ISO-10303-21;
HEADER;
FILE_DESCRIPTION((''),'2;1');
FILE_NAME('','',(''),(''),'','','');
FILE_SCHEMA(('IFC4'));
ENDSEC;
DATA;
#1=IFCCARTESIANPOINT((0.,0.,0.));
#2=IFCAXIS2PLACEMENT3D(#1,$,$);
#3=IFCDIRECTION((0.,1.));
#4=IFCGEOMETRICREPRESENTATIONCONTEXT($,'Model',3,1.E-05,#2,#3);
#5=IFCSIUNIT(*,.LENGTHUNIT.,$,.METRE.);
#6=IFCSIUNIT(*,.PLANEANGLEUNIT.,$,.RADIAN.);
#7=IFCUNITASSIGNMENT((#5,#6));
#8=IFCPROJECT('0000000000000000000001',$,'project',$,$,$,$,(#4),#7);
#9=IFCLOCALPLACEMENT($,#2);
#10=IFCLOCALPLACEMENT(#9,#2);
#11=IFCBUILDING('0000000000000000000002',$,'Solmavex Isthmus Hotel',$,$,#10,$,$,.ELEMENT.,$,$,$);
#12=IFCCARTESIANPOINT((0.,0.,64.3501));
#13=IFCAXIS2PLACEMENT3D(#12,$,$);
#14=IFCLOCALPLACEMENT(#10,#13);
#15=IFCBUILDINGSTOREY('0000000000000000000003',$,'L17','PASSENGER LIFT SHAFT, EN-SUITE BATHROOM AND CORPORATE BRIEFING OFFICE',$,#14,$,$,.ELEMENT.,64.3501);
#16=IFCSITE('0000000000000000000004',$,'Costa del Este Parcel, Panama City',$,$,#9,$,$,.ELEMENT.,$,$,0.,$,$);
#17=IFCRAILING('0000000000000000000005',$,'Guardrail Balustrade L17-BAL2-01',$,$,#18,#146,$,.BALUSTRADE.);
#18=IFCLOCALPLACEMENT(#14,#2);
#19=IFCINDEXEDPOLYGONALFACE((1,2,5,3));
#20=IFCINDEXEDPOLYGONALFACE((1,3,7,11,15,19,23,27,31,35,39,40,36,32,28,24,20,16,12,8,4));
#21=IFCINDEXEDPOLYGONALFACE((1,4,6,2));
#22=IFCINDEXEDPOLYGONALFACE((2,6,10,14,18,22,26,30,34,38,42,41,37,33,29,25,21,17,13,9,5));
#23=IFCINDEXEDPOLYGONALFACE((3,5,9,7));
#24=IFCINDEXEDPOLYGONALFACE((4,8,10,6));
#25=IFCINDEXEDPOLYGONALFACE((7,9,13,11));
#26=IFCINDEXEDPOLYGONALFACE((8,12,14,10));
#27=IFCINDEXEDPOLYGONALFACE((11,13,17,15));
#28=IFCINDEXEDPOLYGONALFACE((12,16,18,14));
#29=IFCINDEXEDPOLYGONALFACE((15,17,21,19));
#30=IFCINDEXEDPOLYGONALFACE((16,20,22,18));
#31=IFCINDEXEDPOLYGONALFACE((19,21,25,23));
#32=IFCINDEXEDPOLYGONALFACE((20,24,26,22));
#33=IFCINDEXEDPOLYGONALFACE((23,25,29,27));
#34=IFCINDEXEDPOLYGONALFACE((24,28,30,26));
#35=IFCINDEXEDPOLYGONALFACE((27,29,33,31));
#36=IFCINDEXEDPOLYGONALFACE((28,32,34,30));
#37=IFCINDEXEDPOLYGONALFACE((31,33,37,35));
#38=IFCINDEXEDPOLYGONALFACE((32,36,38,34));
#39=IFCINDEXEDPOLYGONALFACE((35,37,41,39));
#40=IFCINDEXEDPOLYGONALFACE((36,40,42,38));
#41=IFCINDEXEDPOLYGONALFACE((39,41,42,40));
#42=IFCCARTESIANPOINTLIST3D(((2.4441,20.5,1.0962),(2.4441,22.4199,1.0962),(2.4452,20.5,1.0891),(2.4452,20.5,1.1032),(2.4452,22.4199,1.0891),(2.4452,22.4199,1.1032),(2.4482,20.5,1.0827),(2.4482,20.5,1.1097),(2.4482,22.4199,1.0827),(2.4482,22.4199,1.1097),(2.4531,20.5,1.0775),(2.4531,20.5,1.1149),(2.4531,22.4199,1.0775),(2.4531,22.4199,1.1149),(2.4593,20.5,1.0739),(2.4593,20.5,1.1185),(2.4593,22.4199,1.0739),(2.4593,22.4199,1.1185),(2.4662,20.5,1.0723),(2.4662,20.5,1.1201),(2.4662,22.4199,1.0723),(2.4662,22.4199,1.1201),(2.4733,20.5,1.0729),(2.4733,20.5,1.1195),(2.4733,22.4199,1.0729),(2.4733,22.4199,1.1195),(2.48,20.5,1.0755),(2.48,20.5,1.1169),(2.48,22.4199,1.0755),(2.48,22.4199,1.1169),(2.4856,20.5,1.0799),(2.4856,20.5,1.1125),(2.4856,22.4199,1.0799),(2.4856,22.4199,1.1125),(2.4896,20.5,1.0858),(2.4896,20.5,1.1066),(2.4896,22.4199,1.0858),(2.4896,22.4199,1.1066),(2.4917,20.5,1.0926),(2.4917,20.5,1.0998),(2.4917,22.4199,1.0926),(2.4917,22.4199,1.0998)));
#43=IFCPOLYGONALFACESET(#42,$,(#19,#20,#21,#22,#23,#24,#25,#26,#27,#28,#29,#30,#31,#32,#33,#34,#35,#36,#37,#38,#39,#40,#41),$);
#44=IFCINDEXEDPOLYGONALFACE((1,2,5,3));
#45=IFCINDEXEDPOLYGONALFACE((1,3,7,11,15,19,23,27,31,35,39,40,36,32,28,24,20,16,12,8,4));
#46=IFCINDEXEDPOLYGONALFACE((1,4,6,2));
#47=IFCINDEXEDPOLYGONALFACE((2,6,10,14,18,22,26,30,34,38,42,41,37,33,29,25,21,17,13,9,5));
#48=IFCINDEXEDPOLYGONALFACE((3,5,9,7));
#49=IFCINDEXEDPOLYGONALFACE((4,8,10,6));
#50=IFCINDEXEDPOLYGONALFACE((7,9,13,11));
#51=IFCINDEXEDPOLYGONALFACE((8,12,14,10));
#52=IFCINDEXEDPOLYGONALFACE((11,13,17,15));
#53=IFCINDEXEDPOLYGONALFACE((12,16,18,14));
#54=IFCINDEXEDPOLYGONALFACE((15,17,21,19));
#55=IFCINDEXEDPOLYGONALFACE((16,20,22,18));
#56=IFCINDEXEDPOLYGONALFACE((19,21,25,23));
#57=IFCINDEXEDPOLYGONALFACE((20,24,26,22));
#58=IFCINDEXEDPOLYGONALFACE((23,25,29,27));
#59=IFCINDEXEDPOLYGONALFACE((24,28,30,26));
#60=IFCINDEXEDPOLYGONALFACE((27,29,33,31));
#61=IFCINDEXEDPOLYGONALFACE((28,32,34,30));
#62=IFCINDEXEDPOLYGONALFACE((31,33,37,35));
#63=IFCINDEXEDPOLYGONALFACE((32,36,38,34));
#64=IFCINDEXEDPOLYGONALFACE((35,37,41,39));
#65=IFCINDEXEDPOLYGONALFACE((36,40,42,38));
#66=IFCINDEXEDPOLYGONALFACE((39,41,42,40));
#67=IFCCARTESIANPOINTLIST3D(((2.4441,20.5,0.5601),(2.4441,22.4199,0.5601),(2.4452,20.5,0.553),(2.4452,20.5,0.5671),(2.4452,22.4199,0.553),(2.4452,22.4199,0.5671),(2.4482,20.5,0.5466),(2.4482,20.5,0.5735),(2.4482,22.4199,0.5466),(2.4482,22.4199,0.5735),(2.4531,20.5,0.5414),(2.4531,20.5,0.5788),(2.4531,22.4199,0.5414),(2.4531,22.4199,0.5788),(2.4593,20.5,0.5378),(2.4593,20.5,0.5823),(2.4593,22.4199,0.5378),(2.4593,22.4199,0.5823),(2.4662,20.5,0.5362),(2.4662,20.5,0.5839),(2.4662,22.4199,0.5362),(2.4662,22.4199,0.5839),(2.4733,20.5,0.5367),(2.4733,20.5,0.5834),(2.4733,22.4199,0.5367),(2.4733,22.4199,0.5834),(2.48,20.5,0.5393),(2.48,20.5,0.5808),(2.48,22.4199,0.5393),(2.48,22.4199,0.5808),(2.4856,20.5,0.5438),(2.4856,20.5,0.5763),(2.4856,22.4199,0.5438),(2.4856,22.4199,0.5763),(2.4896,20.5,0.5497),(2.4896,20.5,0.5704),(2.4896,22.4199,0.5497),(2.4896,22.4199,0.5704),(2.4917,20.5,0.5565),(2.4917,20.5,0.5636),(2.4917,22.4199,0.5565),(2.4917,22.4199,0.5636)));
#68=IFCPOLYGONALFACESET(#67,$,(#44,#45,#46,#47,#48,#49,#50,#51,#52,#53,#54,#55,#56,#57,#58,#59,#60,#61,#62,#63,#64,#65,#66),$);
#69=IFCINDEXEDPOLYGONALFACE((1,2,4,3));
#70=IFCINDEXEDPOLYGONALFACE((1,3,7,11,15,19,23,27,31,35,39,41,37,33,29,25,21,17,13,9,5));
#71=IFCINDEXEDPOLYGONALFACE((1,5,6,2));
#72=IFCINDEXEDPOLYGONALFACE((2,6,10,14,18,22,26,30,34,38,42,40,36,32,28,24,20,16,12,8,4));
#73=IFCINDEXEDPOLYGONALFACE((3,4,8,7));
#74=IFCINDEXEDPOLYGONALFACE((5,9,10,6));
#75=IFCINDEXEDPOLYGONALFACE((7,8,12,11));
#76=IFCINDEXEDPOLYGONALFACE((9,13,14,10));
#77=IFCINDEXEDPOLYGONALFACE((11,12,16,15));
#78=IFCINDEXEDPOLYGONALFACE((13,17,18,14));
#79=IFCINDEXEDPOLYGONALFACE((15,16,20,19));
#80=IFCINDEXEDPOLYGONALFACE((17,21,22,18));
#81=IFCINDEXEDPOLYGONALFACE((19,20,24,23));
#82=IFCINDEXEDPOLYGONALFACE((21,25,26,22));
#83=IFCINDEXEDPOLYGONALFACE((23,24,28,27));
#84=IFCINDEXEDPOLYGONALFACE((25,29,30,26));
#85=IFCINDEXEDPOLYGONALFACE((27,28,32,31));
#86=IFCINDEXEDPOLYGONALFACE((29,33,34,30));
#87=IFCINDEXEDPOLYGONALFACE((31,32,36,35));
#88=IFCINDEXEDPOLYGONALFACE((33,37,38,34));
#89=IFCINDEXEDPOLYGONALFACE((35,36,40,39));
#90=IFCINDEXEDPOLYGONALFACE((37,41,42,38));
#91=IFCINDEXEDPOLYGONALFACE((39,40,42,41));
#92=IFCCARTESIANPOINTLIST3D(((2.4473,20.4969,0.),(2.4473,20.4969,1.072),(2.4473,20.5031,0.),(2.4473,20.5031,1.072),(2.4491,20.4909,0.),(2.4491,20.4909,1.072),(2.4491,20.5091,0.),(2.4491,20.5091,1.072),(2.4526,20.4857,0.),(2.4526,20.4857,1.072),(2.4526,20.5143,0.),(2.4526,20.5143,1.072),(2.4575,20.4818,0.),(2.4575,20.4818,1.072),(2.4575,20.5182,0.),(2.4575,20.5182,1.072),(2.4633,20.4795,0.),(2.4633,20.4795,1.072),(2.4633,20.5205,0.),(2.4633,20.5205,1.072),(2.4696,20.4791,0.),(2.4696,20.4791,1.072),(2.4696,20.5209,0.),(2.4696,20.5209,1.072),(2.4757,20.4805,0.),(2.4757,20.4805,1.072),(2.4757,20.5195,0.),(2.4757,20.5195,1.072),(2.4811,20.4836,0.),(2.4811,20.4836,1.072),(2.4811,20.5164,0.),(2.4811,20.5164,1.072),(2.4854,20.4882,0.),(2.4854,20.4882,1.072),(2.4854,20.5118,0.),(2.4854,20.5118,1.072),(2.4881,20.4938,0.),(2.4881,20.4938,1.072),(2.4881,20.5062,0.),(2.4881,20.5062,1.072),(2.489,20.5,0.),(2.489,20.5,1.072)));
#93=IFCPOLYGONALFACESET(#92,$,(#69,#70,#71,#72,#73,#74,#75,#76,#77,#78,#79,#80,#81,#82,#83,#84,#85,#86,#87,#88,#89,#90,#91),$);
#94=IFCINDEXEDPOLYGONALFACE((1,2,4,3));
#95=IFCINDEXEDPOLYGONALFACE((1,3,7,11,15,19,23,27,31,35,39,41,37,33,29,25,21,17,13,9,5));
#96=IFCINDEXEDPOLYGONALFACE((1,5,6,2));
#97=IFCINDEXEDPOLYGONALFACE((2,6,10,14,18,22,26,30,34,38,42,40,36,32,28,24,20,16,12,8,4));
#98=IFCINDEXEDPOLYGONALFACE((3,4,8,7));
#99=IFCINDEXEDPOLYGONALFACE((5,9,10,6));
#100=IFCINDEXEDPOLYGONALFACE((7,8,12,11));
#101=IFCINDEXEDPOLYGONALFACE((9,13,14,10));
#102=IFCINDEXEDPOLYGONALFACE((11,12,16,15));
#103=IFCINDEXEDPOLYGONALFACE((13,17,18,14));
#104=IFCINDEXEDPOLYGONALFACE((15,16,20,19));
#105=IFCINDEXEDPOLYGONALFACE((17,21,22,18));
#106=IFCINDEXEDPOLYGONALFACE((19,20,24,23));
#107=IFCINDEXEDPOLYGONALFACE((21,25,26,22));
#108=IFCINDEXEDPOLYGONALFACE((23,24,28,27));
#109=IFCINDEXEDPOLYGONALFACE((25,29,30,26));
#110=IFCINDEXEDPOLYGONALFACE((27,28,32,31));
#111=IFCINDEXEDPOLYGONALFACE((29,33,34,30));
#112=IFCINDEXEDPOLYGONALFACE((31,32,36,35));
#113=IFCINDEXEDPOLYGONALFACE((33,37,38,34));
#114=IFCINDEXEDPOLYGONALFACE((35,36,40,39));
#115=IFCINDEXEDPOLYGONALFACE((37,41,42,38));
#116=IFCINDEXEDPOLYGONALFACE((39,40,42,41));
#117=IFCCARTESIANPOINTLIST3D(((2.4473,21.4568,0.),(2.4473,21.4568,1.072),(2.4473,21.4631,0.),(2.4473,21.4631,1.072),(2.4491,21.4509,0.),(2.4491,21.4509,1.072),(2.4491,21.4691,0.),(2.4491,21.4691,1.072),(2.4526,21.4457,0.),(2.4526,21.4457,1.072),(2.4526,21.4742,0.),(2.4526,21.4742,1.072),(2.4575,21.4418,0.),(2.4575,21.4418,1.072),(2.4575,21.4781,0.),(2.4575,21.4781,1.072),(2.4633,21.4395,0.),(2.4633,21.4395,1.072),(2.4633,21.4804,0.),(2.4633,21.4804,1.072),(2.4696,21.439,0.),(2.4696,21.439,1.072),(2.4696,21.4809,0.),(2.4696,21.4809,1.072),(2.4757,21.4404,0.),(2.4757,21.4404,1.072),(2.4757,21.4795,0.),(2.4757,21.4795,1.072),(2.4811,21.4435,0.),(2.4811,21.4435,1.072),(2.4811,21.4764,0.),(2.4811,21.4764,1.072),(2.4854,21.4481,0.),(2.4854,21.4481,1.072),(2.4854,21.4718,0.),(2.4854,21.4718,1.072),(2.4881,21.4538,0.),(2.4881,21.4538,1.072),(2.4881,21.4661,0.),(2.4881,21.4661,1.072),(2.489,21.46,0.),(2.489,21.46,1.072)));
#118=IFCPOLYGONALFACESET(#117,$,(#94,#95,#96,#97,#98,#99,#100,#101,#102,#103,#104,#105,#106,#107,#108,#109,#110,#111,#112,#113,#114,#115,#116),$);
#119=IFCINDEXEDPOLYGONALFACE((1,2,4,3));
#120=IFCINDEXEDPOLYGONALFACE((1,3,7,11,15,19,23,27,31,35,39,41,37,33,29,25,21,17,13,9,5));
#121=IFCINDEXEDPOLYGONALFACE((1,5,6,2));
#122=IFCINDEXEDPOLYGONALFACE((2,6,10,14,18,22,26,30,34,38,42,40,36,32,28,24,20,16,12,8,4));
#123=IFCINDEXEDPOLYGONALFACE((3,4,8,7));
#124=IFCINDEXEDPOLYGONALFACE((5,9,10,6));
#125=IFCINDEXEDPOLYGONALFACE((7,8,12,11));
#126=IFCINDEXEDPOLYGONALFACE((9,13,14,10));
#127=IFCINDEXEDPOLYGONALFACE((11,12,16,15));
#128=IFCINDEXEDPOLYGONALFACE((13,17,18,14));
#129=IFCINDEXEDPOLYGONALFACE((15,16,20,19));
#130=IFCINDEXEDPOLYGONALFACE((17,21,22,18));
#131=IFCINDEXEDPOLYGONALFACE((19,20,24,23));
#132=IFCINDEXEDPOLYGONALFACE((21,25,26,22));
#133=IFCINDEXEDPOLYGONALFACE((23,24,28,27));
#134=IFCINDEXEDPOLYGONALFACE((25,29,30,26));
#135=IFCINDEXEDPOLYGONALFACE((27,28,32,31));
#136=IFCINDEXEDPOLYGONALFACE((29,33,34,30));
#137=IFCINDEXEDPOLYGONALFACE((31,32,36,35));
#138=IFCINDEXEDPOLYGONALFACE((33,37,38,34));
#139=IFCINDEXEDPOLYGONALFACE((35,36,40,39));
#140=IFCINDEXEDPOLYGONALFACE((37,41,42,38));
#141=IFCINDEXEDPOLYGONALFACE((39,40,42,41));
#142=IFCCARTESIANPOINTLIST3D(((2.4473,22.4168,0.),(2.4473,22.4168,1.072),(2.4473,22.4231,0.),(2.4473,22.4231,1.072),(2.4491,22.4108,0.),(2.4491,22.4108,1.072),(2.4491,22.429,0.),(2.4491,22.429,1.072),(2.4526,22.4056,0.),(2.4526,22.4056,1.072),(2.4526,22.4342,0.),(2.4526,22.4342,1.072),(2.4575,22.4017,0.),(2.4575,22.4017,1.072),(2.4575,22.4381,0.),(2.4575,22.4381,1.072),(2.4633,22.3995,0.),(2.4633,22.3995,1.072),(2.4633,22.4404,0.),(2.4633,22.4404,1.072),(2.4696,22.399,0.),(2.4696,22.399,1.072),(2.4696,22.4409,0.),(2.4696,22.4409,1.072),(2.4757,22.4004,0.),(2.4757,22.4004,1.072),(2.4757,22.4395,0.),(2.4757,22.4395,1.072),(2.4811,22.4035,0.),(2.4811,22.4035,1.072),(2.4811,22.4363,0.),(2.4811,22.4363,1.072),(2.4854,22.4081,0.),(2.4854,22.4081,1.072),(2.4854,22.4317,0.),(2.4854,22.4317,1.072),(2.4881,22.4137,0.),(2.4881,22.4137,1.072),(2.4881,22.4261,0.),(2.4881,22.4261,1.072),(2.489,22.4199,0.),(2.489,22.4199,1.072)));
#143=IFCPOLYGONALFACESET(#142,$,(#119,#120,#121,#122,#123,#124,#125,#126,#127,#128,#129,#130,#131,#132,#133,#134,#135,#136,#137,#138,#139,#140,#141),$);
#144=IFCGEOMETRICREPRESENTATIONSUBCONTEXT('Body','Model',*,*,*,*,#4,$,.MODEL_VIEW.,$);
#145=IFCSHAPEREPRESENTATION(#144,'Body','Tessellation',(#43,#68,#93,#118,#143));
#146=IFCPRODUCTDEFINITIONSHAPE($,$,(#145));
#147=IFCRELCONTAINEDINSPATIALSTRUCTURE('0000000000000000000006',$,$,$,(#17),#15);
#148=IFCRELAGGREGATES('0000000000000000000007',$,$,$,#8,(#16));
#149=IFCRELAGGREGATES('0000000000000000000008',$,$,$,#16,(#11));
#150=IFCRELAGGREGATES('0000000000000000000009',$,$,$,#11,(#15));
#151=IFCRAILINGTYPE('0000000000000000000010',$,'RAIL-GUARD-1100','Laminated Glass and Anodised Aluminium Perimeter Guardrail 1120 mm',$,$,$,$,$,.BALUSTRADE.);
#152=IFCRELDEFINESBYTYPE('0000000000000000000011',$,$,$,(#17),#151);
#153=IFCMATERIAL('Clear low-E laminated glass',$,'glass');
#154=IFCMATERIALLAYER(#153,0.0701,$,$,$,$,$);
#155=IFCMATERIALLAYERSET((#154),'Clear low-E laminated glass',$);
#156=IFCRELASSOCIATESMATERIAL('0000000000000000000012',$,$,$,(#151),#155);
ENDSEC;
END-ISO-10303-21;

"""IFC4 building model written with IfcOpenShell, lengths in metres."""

from ifc_helpers import new_model, si_unit, direction, frame, origin, origin_2d, place, context, subcontext, project, spatial, circle, extrude, material, layer, layer_set, type_object, element, save


model = new_model("IFC4")

# Units and contexts
model_context = context("Model", 3, precision=1e-05, world=origin(), true_north=direction((0.0, 1.0)))
body_context = subcontext(model_context, "Body", "Model", "MODEL_VIEW")
ifc_project = project(units=[si_unit("LENGTHUNIT", "METRE"), si_unit("PLANEANGLEUNIT", "RADIAN")], contexts=[model_context])

# Site, building, storey
site_placement = place(None, origin())
site = spatial("IfcSite", under=ifc_project, at=site_placement, Name="Costa del Este Parcel, Panama City", CompositionType="ELEMENT", RefElevation=0.0)
building_placement = place(site_placement, origin())
building = spatial("IfcBuilding", under=site, at=building_placement, Name="Solmavex Isthmus Hotel", CompositionType="ELEMENT")
storey_placement = place(building_placement, frame((0.0, 0.0, 64.3501)))
storey = spatial("IfcBuildingStorey", under=building, at=storey_placement, Name="L17", Description="PASSENGER LIFT SHAFT, EN-SUITE BATHROOM AND CORPORATE BRIEFING OFFICE", CompositionType="ELEMENT", Elevation=64.3501)

# Shared definitions
ifc_material_1 = material(Name="Clear low-E laminated glass", Category="glass")

# Railing
ifc_layer_1 = layer(ifc_material_1, 0.0701)
ifc_layer_set_1 = layer_set([ifc_layer_1], Name="Clear low-E laminated glass")
railing_type = type_object("IfcRailingType", Name="RAIL-GUARD-1100", Description="Laminated Glass and Anodised Aluminium Perimeter Guardrail 1120 mm", PredefinedType="BALUSTRADE", material=ifc_layer_set_1)
railing_1_placement = place(storey_placement, frame((2.468, 20.5, 0.0)))
element("IfcRailing", 1, at=railing_1_placement, inside=storey, type_object=railing_type, Name="Guardrail Balustrade L17-BAL2-01", PredefinedType="BALUSTRADE", context=body_context, shape_type="SweptSolid", body=[
    extrude(circle(Radius=0.0239, at=origin_2d()), frame((0.0, 0.0, 1.0962), z_axis=(0.0, 1.0, 0.0), x_axis=(-1.0, 0.0, 0.0)), (0.0, 0.0, 1.0), 1.9199),
    extrude(circle(Radius=0.0239, at=origin_2d()), frame((0.0, 0.0, 0.5601), z_axis=(0.0, 1.0, 0.0), x_axis=(-1.0, 0.0, 0.0)), (0.0, 0.0, 1.0), 1.9199),
    extrude(circle(Radius=0.021, at=origin_2d()), origin(), (0.0, 0.0, 1.0), 1.072),
    extrude(circle(Radius=0.021, at=origin_2d()), frame((0.0, 0.96, 0.0)), (0.0, 0.0, 1.0), 1.072),
    extrude(circle(Radius=0.021, at=origin_2d()), frame((0.0, 1.9199, 0.0)), (0.0, 0.0, 1.0), 1.072),
])

save(model, "model.ifc")
